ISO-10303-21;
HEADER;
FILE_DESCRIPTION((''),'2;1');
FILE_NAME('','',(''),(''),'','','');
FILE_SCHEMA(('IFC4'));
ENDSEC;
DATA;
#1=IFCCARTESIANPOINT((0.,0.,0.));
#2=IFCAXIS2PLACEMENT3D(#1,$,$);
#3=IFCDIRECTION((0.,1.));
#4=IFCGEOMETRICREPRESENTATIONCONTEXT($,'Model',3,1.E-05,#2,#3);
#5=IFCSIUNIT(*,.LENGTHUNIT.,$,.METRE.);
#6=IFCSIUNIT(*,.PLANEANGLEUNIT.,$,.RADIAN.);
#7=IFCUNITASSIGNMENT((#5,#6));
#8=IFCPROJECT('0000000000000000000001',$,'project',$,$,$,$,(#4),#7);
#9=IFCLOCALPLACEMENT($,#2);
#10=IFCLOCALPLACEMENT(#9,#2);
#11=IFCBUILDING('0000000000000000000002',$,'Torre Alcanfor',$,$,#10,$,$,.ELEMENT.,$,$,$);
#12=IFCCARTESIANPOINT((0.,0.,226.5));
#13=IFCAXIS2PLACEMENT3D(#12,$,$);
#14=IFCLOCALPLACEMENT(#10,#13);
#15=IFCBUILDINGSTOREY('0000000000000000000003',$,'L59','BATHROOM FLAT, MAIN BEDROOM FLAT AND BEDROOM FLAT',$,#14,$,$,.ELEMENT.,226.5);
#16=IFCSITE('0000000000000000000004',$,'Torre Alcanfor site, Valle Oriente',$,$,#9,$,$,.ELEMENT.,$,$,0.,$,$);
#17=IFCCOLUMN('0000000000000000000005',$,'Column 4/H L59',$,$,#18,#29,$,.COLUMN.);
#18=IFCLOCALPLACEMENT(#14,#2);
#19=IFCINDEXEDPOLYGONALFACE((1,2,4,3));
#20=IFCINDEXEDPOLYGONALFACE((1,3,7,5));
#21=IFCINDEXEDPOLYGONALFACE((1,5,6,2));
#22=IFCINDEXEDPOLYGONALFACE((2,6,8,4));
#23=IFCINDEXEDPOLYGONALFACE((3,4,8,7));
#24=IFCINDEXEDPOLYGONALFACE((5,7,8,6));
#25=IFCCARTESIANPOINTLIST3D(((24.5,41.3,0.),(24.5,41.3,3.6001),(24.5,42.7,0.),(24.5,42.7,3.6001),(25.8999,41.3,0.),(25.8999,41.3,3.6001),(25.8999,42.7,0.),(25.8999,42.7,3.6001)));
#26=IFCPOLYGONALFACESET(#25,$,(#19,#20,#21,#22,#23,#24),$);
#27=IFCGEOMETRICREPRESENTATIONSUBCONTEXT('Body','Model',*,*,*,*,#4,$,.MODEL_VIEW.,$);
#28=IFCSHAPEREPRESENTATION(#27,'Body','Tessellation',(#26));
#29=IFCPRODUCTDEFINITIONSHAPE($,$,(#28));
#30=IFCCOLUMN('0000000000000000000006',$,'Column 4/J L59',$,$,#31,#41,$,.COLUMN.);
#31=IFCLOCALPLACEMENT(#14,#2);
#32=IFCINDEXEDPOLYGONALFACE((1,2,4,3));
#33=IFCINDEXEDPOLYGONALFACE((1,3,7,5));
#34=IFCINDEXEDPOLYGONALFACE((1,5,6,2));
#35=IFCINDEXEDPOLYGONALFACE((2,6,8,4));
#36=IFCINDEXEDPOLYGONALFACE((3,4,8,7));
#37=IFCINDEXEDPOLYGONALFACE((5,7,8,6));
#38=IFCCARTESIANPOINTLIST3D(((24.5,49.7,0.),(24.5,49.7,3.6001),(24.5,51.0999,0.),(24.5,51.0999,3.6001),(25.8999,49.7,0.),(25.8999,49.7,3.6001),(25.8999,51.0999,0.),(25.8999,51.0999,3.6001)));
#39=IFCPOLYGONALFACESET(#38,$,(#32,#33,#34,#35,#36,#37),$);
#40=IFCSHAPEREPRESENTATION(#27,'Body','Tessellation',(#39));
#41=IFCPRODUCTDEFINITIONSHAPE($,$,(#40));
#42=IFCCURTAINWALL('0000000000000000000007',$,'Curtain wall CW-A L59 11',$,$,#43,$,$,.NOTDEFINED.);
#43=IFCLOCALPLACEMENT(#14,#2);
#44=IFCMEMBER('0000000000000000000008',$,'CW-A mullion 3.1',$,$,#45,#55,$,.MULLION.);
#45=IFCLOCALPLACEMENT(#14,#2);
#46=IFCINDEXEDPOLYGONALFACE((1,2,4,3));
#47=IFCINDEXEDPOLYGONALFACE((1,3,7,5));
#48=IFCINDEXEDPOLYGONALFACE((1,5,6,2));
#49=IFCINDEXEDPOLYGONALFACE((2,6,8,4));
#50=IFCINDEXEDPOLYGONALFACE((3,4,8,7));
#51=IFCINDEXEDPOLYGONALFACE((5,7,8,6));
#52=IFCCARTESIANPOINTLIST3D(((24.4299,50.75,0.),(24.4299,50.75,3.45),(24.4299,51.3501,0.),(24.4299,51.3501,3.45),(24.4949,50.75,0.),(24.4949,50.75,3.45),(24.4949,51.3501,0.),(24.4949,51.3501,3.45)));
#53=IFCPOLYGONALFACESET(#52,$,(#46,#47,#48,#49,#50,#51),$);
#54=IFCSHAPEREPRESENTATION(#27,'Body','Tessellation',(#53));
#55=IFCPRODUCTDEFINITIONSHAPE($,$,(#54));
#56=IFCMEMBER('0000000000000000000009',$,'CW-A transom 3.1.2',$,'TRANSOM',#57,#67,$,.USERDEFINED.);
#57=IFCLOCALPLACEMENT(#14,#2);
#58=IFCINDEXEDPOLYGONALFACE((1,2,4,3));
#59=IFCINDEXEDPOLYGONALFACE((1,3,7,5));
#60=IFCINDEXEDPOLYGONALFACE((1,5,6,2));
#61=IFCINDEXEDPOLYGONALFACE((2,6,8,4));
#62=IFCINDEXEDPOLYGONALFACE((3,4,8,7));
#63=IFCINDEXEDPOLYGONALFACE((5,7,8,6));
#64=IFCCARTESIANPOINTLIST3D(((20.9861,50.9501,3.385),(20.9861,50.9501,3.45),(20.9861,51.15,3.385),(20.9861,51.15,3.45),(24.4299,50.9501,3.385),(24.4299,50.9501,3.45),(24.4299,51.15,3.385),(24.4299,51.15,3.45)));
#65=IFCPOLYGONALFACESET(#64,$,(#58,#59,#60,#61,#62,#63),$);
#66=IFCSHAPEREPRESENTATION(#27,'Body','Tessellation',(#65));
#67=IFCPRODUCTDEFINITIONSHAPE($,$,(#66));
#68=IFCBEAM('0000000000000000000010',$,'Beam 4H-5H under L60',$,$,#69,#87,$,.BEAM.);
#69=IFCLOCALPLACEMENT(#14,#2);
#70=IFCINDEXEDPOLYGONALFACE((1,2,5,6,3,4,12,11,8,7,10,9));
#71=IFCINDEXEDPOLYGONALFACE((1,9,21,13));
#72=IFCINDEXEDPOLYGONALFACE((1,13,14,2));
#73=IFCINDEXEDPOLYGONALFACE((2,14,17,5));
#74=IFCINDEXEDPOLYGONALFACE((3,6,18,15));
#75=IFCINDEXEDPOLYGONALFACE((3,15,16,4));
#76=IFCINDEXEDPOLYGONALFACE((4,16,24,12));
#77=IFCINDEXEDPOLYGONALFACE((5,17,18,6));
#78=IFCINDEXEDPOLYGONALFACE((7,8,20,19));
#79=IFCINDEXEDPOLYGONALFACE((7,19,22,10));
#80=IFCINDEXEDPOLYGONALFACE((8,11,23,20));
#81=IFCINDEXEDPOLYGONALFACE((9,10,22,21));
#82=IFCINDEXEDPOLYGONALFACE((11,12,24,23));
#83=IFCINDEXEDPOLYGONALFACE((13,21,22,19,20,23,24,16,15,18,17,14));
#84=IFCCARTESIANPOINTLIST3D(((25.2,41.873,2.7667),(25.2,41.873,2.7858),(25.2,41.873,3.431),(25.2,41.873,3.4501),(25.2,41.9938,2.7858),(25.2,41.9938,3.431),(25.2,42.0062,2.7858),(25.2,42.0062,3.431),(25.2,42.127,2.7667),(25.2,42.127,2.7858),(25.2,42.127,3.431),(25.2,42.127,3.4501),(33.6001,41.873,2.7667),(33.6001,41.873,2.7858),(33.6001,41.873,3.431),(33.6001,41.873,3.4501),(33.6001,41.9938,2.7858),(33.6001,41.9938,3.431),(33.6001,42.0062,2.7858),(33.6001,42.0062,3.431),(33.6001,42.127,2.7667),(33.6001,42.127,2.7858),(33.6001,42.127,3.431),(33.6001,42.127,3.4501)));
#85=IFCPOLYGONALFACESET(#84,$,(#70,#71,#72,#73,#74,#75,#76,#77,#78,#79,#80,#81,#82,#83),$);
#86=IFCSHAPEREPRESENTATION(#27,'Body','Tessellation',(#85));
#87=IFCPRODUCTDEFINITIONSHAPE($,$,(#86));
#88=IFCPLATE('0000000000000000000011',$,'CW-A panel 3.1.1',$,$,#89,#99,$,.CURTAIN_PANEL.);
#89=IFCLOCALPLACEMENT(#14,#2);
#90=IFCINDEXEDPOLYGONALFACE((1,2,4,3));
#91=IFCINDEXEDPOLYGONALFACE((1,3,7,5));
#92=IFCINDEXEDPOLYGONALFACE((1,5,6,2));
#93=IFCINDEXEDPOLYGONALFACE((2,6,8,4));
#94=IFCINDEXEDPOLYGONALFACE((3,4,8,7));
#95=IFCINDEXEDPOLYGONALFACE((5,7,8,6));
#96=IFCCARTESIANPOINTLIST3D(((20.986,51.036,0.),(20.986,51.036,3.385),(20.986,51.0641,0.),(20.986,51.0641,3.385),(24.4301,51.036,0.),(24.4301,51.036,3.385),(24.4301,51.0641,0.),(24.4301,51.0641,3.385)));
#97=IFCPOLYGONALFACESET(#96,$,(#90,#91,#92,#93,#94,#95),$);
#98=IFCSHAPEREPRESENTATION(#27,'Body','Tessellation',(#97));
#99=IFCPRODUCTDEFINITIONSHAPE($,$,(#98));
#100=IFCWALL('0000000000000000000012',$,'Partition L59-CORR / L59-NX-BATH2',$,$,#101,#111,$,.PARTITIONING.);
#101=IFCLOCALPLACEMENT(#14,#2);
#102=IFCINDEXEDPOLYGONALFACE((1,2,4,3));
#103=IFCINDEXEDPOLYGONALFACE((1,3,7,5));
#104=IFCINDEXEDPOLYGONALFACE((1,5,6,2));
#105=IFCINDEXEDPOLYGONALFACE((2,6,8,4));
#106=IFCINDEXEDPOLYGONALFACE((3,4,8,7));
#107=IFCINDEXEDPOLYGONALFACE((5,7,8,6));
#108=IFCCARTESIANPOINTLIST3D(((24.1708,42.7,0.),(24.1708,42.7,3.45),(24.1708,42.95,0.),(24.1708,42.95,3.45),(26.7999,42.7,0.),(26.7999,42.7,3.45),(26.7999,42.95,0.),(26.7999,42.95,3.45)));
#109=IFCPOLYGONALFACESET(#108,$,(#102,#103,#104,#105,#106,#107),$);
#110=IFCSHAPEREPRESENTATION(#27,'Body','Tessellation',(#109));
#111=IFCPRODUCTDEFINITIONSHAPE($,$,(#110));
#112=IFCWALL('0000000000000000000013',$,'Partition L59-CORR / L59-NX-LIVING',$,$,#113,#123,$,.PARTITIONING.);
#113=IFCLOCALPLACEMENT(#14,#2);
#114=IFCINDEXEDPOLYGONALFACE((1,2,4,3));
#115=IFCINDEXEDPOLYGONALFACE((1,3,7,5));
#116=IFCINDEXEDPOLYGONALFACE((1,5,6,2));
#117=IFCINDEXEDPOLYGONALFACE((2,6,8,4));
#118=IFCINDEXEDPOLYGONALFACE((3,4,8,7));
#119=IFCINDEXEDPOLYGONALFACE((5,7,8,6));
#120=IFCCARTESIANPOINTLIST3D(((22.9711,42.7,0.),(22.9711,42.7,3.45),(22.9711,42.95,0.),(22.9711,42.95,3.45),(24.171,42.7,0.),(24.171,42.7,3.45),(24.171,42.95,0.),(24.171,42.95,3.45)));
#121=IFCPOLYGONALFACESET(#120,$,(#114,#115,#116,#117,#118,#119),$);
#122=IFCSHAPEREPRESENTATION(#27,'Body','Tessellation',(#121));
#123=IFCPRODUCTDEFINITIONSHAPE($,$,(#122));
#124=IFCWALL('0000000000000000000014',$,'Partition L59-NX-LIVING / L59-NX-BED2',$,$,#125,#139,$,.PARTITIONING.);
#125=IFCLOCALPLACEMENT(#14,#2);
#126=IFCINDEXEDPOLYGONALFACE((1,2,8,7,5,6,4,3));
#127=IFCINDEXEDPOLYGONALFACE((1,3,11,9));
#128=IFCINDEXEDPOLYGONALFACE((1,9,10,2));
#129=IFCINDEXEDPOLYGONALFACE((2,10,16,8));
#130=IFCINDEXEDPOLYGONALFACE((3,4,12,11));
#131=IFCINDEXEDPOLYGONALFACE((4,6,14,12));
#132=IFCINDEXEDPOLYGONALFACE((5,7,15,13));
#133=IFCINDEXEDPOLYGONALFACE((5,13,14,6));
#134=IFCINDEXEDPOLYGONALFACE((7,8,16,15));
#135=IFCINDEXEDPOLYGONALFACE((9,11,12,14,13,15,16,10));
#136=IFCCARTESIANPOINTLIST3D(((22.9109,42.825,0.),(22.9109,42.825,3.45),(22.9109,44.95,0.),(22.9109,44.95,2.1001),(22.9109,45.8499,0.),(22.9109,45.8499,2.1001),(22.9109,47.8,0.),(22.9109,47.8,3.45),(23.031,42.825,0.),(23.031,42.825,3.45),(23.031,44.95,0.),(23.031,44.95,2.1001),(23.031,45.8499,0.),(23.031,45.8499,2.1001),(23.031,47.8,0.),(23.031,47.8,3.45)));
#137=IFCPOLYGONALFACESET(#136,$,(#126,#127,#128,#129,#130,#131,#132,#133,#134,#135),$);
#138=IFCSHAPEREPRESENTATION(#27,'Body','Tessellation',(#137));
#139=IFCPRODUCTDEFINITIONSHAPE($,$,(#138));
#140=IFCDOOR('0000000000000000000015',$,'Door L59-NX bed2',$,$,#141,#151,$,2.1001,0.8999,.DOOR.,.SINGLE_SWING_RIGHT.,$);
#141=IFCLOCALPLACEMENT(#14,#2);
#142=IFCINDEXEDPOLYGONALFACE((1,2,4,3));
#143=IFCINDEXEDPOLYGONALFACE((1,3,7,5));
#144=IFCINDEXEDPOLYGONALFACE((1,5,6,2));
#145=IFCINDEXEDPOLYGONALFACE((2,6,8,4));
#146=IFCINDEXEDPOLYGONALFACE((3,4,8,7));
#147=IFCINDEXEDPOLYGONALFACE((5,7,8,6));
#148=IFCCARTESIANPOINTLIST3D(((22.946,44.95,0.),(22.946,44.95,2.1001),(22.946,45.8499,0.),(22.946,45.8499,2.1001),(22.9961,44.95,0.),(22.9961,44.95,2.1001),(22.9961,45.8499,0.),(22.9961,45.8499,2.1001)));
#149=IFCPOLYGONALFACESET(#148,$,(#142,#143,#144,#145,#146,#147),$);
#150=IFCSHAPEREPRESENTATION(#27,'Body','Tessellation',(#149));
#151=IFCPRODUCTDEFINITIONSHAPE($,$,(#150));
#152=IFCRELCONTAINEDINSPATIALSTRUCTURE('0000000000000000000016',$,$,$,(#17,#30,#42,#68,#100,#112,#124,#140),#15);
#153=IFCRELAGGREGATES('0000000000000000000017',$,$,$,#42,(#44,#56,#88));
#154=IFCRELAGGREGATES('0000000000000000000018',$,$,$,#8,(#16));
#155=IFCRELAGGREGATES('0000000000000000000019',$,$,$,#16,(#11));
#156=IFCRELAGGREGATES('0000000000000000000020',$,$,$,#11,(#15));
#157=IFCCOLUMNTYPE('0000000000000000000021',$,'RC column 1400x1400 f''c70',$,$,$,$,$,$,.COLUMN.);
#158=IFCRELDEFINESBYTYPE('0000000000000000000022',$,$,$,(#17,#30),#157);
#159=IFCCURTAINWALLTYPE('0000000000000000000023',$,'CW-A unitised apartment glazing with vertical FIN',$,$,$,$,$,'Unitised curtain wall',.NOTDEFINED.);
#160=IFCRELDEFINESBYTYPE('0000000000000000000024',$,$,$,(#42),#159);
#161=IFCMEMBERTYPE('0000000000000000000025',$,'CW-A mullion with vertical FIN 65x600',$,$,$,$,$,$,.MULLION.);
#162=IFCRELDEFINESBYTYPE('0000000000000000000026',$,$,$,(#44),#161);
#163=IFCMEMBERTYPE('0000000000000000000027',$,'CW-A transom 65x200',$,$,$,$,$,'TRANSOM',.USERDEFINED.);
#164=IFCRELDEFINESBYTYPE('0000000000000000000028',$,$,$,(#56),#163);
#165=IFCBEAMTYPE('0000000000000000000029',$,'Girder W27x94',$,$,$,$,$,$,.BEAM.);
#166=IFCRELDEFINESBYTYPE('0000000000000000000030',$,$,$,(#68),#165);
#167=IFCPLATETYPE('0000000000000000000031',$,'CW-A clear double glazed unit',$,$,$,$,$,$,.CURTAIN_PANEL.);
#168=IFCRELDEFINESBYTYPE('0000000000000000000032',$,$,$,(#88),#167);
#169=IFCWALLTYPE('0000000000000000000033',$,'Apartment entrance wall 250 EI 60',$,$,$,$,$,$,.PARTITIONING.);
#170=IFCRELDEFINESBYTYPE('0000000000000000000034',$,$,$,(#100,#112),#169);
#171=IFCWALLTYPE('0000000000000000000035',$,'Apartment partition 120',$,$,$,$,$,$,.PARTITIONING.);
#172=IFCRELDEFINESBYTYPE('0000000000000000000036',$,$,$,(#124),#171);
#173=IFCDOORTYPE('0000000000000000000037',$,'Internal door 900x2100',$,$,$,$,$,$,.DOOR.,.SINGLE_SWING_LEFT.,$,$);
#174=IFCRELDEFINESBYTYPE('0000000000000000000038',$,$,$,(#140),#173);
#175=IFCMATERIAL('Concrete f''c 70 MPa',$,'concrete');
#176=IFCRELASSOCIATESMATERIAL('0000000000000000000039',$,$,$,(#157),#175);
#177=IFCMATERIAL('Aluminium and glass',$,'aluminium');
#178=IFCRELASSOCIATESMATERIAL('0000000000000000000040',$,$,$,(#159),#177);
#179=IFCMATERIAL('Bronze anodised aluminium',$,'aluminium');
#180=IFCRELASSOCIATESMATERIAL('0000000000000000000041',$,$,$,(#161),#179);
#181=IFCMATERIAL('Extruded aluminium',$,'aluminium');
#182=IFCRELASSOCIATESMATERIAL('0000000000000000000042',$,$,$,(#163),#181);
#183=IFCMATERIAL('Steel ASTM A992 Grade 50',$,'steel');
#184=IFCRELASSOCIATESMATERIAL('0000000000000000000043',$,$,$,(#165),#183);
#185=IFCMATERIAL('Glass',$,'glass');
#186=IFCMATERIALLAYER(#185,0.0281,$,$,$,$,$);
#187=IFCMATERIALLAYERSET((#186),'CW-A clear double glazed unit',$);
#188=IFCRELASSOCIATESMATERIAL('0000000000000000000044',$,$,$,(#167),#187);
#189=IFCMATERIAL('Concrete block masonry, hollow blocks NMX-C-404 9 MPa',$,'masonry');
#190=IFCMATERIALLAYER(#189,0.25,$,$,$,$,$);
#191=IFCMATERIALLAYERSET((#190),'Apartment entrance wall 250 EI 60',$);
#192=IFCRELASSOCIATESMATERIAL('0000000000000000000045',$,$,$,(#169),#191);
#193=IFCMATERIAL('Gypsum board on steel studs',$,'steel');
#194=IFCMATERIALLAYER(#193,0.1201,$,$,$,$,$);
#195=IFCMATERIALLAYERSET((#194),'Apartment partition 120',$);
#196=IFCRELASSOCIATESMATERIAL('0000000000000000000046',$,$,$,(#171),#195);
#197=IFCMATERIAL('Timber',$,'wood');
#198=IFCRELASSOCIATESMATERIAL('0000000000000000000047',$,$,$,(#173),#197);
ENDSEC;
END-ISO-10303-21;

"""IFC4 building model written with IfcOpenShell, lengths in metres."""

from ifc_helpers import new_model, si_unit, direction, frame, frame_2d, origin, origin_2d, place, context, subcontext, project, spatial, rectangle, i_section, extrude, material, layer, layer_set, material_profile, profile_set, type_object, element, fill, aggregate, save


model = new_model("IFC4")

# Units and contexts
model_context = context("Model", 3, precision=1e-05, world=origin(), true_north=direction((0.0, 1.0)))
body_context = subcontext(model_context, "Body", "Model", "MODEL_VIEW")
ifc_project = project(units=[si_unit("LENGTHUNIT", "METRE"), si_unit("PLANEANGLEUNIT", "RADIAN")], contexts=[model_context])

# Site, building, storey
site_placement = place(None, origin())
site = spatial("IfcSite", under=ifc_project, at=site_placement, Name="Torre Alcanfor site, Valle Oriente", CompositionType="ELEMENT", RefElevation=0.0)
building_placement = place(site_placement, origin())
building = spatial("IfcBuilding", under=site, at=building_placement, Name="Torre Alcanfor", CompositionType="ELEMENT")
storey_placement = place(building_placement, frame((0.0, 0.0, 226.5)))
storey = spatial("IfcBuildingStorey", under=building, at=storey_placement, Name="L59", Description="BATHROOM FLAT, MAIN BEDROOM FLAT AND BEDROOM FLAT", CompositionType="ELEMENT", Elevation=226.5)

# Columns
ifc_material_1 = material(Name="Concrete f'c 70 MPa", Category="concrete")
ifc_material_profile_1 = material_profile(ifc_material_1, rectangle(XDim=1.3999, YDim=1.3999, at=origin_2d()), Name="1400x1400")
ifc_profile_set_1 = profile_set([ifc_material_profile_1], Name="Concrete f'c 70 MPa")
column_type = type_object("IfcColumnType", Name="RC column 1400x1400 f'c70", PredefinedType="COLUMN", material=ifc_profile_set_1)
for number, where, z_axis, x_axis, name in (
    (1, (25.2, 42.0, 0.0), (0.0, 0.0, 1.0), (1.0, 0.0, 0.0), "Column 4/H L59"),
    (2, (25.2, 50.3999, 0.0), (0.0, 0.0, 1.0), (1.0, 0.0, 0.0), "Column 4/J L59"),
):
    element("IfcColumn", number, at=place(storey_placement, frame(where, z_axis=z_axis, x_axis=x_axis)), inside=storey, type_object=column_type, Name=name, PredefinedType="COLUMN", context=body_context, shape_type="SweptSolid", body=[
        extrude(rectangle(XDim=1.3999, YDim=1.3999, at=origin_2d()), origin(), (0.0, 0.0, 1.0), 3.6001),
    ])

# Curtain wall, members
ifc_material_2 = material(Name="Aluminium and glass", Category="aluminium")
curtain_wall_type = type_object("IfcCurtainWallType", Name="CW-A unitised apartment glazing with vertical FIN", ElementType="Unitised curtain wall", PredefinedType="NOTDEFINED", material=ifc_material_2)
curtain_wall_placement = place(storey_placement, origin())
curtain_wall = element("IfcCurtainWall", 3, at=curtain_wall_placement, inside=storey, type_object=curtain_wall_type, Name="Curtain wall CW-A L59 11", PredefinedType="NOTDEFINED")
ifc_material_3 = material(Name="Bronze anodised aluminium", Category="aluminium")
ifc_material_profile_2 = material_profile(ifc_material_3, rectangle(XDim=0.6001, YDim=0.0649, at=origin_2d()), Name="CW-A mullion 65x600")
ifc_profile_set_2 = profile_set([ifc_material_profile_2], Name="Bronze anodised aluminium")
member_type_1 = type_object("IfcMemberType", Name="CW-A mullion with vertical FIN 65x600", PredefinedType="MULLION", material=ifc_profile_set_2)
member_1_placement = place(storey_placement, frame((24.4624, 51.05, 0.0), z_axis=(0.0, 0.0, 1.0), x_axis=(0.0, -1.0, 0.0)))
member_1 = element("IfcMember", 4, at=member_1_placement, type_object=member_type_1, Name="CW-A mullion 3.1", PredefinedType="MULLION", context=body_context, shape_type="SweptSolid", body=[
    extrude(rectangle(XDim=0.6001, YDim=0.0649, at=origin_2d()), origin(), (0.0, 0.0, 1.0), 3.45),
])
ifc_material_4 = material(Name="Extruded aluminium", Category="aluminium")
ifc_material_profile_3 = material_profile(ifc_material_4, rectangle(XDim=0.2, YDim=0.0649, at=origin_2d()), Name="CW-A transom 200x65")
ifc_profile_set_3 = profile_set([ifc_material_profile_3], Name="Extruded aluminium")
member_type_2 = type_object("IfcMemberType", Name="CW-A transom 65x200", ElementType="TRANSOM", PredefinedType="USERDEFINED", material=ifc_profile_set_3)
member_2_placement = place(storey_placement, frame((24.4299, 51.05, 3.4175), z_axis=(-1.0, 0.0, 0.0), x_axis=(0.0, -1.0, 0.0)))
member_2 = element("IfcMember", 5, at=member_2_placement, type_object=member_type_2, Name="CW-A transom 3.1.2", ObjectType="TRANSOM", PredefinedType="USERDEFINED", context=body_context, shape_type="SweptSolid", body=[
    extrude(rectangle(XDim=0.2, YDim=0.0649, at=origin_2d()), origin(), (0.0, 0.0, 1.0), 3.4438),
])

# Beam
ifc_material_5 = material(Name="Steel ASTM A992 Grade 50", Category="steel")
ifc_material_profile_4 = material_profile(ifc_material_5, i_section(OverallWidth=0.2539, OverallDepth=0.6833, WebThickness=0.0125, FlangeThickness=0.019, at=origin_2d()), Name="W27x94")
ifc_profile_set_4 = profile_set([ifc_material_profile_4], Name="Steel ASTM A992 Grade 50")
beam_type = type_object("IfcBeamType", Name="Girder W27x94", PredefinedType="BEAM", material=ifc_profile_set_4)
beam_placement = place(storey_placement, frame((25.2, 42.0, 3.1084), z_axis=(1.0, 0.0, 0.0), x_axis=(0.0, 1.0, 0.0)))
element("IfcBeam", 6, at=beam_placement, inside=storey, type_object=beam_type, Name="Beam 4H-5H under L60", PredefinedType="BEAM", context=body_context, shape_type="SweptSolid", body=[
    extrude(i_section(OverallWidth=0.2539, OverallDepth=0.6833, WebThickness=0.0125, FlangeThickness=0.019, at=origin_2d()), origin(), (0.0, 0.0, 1.0), 8.4001),
])

# Plate
ifc_material_6 = material(Name="Glass", Category="glass")
ifc_layer_1 = layer(ifc_material_6, 0.0281)
ifc_layer_set_1 = layer_set([ifc_layer_1], Name="CW-A clear double glazed unit")
plate_type = type_object("IfcPlateType", Name="CW-A clear double glazed unit", PredefinedType="CURTAIN_PANEL", material=ifc_layer_set_1)
plate_placement = place(storey_placement, frame((22.708, 51.05, 0.0), z_axis=(0.0, 0.0, 1.0), x_axis=(-1.0, 0.0, 0.0)))
plate = element("IfcPlate", 7, at=plate_placement, type_object=plate_type, Name="CW-A panel 3.1.1", PredefinedType="CURTAIN_PANEL", context=body_context, shape_type="SweptSolid", body=[
    extrude(rectangle(XDim=3.4441, YDim=0.0281, at=origin_2d()), origin(), (0.0, 0.0, 1.0), 3.385),
])
aggregate(curtain_wall, [member_1, member_2, plate])

# Walls
ifc_material_7 = material(Name="Concrete block masonry, hollow blocks NMX-C-404 9 MPa", Category="masonry")
ifc_layer_2 = layer(ifc_material_7, 0.25)
ifc_layer_set_2 = layer_set([ifc_layer_2], Name="Apartment entrance wall 250 EI 60")
wall_type_1 = type_object("IfcWallType", Name="Apartment entrance wall 250 EI 60", PredefinedType="PARTITIONING", material=ifc_layer_set_2)
wall_1_placement = place(storey_placement, frame((24.1709, 42.825, 0.0), z_axis=(0.0, 0.0, 1.0), x_axis=(1.0, 0.0, 0.0)))
element("IfcWall", 8, at=wall_1_placement, inside=storey, type_object=wall_type_1, Name="Partition L59-CORR / L59-NX-BATH2", PredefinedType="PARTITIONING", context=body_context, shape_type="SweptSolid", body=[
    extrude(rectangle(XDim=2.6292, YDim=0.25, at=frame_2d((1.3145, 0.0))), origin(), (0.0, 0.0, 1.0), 3.45),
])
wall_2_placement = place(storey_placement, frame((22.9709, 42.825, 0.0), z_axis=(0.0, 0.0, 1.0), x_axis=(1.0, 0.0, 0.0)))
element("IfcWall", 9, at=wall_2_placement, inside=storey, type_object=wall_type_1, Name="Partition L59-CORR / L59-NX-LIVING", PredefinedType="PARTITIONING", context=body_context, shape_type="SweptSolid", body=[
    extrude(rectangle(XDim=1.2, YDim=0.25, at=frame_2d((0.6001, 0.0))), origin(), (0.0, 0.0, 1.0), 3.45),
])

# Wall, opening, door
ifc_material_8 = material(Name="Gypsum board on steel studs", Category="steel")
ifc_layer_3 = layer(ifc_material_8, 0.1201)
ifc_layer_set_3 = layer_set([ifc_layer_3], Name="Apartment partition 120")
wall_type_2 = type_object("IfcWallType", Name="Apartment partition 120", PredefinedType="PARTITIONING", material=ifc_layer_set_3)
wall_3_placement = place(storey_placement, frame((22.9709, 42.825, 0.0), z_axis=(0.0, 0.0, 1.0), x_axis=(0.0, 1.0, 0.0)))
wall_3 = element("IfcWall", 10, at=wall_3_placement, inside=storey, type_object=wall_type_2, Name="Partition L59-NX-LIVING / L59-NX-BED2", PredefinedType="PARTITIONING", context=body_context, shape_type="SweptSolid", body=[
    extrude(rectangle(XDim=4.9751, YDim=0.1201, at=frame_2d((2.4875, 0.0))), origin(), (0.0, 0.0, 1.0), 3.45),
])
opening_1_placement = place(wall_3_placement, frame((2.125, 0.0, 0.0)))
opening_1 = element("IfcOpeningElement", 11, at=opening_1_placement, cuts=wall_3, PredefinedType="OPENING", context=body_context, shape_type="SweptSolid", body=[
    extrude(rectangle(XDim=0.8999, YDim=2.1001, at=frame_2d((0.45, 1.05))), frame((0.0, 0.0701, 0.0), z_axis=(0.0, -1.0, 0.0), x_axis=(1.0, 0.0, 0.0)), (0.0, 0.0, 1.0), 0.1401),
])
ifc_material_9 = material(Name="Timber", Category="wood")
door_type = type_object("IfcDoorType", Name="Internal door 900x2100", OperationType="SINGLE_SWING_LEFT", PredefinedType="DOOR", material=ifc_material_9)
door_1_placement = place(opening_1_placement, origin())
door_1 = element("IfcDoor", 12, at=door_1_placement, inside=storey, type_object=door_type, Name="Door L59-NX bed2", OperationType="SINGLE_SWING_RIGHT", OverallHeight=2.1001, OverallWidth=0.8999, PredefinedType="DOOR", context=body_context, shape_type="SweptSolid", body=[
    extrude(rectangle(XDim=0.8999, YDim=2.1001, at=frame_2d((0.45, 1.05))), frame((0.0, 0.0249, 0.0), z_axis=(0.0, -1.0, 0.0), x_axis=(1.0, 0.0, 0.0)), (0.0, 0.0, 1.0), 0.05),
])
fill(opening_1, door_1)

save(model, "model.ifc")
